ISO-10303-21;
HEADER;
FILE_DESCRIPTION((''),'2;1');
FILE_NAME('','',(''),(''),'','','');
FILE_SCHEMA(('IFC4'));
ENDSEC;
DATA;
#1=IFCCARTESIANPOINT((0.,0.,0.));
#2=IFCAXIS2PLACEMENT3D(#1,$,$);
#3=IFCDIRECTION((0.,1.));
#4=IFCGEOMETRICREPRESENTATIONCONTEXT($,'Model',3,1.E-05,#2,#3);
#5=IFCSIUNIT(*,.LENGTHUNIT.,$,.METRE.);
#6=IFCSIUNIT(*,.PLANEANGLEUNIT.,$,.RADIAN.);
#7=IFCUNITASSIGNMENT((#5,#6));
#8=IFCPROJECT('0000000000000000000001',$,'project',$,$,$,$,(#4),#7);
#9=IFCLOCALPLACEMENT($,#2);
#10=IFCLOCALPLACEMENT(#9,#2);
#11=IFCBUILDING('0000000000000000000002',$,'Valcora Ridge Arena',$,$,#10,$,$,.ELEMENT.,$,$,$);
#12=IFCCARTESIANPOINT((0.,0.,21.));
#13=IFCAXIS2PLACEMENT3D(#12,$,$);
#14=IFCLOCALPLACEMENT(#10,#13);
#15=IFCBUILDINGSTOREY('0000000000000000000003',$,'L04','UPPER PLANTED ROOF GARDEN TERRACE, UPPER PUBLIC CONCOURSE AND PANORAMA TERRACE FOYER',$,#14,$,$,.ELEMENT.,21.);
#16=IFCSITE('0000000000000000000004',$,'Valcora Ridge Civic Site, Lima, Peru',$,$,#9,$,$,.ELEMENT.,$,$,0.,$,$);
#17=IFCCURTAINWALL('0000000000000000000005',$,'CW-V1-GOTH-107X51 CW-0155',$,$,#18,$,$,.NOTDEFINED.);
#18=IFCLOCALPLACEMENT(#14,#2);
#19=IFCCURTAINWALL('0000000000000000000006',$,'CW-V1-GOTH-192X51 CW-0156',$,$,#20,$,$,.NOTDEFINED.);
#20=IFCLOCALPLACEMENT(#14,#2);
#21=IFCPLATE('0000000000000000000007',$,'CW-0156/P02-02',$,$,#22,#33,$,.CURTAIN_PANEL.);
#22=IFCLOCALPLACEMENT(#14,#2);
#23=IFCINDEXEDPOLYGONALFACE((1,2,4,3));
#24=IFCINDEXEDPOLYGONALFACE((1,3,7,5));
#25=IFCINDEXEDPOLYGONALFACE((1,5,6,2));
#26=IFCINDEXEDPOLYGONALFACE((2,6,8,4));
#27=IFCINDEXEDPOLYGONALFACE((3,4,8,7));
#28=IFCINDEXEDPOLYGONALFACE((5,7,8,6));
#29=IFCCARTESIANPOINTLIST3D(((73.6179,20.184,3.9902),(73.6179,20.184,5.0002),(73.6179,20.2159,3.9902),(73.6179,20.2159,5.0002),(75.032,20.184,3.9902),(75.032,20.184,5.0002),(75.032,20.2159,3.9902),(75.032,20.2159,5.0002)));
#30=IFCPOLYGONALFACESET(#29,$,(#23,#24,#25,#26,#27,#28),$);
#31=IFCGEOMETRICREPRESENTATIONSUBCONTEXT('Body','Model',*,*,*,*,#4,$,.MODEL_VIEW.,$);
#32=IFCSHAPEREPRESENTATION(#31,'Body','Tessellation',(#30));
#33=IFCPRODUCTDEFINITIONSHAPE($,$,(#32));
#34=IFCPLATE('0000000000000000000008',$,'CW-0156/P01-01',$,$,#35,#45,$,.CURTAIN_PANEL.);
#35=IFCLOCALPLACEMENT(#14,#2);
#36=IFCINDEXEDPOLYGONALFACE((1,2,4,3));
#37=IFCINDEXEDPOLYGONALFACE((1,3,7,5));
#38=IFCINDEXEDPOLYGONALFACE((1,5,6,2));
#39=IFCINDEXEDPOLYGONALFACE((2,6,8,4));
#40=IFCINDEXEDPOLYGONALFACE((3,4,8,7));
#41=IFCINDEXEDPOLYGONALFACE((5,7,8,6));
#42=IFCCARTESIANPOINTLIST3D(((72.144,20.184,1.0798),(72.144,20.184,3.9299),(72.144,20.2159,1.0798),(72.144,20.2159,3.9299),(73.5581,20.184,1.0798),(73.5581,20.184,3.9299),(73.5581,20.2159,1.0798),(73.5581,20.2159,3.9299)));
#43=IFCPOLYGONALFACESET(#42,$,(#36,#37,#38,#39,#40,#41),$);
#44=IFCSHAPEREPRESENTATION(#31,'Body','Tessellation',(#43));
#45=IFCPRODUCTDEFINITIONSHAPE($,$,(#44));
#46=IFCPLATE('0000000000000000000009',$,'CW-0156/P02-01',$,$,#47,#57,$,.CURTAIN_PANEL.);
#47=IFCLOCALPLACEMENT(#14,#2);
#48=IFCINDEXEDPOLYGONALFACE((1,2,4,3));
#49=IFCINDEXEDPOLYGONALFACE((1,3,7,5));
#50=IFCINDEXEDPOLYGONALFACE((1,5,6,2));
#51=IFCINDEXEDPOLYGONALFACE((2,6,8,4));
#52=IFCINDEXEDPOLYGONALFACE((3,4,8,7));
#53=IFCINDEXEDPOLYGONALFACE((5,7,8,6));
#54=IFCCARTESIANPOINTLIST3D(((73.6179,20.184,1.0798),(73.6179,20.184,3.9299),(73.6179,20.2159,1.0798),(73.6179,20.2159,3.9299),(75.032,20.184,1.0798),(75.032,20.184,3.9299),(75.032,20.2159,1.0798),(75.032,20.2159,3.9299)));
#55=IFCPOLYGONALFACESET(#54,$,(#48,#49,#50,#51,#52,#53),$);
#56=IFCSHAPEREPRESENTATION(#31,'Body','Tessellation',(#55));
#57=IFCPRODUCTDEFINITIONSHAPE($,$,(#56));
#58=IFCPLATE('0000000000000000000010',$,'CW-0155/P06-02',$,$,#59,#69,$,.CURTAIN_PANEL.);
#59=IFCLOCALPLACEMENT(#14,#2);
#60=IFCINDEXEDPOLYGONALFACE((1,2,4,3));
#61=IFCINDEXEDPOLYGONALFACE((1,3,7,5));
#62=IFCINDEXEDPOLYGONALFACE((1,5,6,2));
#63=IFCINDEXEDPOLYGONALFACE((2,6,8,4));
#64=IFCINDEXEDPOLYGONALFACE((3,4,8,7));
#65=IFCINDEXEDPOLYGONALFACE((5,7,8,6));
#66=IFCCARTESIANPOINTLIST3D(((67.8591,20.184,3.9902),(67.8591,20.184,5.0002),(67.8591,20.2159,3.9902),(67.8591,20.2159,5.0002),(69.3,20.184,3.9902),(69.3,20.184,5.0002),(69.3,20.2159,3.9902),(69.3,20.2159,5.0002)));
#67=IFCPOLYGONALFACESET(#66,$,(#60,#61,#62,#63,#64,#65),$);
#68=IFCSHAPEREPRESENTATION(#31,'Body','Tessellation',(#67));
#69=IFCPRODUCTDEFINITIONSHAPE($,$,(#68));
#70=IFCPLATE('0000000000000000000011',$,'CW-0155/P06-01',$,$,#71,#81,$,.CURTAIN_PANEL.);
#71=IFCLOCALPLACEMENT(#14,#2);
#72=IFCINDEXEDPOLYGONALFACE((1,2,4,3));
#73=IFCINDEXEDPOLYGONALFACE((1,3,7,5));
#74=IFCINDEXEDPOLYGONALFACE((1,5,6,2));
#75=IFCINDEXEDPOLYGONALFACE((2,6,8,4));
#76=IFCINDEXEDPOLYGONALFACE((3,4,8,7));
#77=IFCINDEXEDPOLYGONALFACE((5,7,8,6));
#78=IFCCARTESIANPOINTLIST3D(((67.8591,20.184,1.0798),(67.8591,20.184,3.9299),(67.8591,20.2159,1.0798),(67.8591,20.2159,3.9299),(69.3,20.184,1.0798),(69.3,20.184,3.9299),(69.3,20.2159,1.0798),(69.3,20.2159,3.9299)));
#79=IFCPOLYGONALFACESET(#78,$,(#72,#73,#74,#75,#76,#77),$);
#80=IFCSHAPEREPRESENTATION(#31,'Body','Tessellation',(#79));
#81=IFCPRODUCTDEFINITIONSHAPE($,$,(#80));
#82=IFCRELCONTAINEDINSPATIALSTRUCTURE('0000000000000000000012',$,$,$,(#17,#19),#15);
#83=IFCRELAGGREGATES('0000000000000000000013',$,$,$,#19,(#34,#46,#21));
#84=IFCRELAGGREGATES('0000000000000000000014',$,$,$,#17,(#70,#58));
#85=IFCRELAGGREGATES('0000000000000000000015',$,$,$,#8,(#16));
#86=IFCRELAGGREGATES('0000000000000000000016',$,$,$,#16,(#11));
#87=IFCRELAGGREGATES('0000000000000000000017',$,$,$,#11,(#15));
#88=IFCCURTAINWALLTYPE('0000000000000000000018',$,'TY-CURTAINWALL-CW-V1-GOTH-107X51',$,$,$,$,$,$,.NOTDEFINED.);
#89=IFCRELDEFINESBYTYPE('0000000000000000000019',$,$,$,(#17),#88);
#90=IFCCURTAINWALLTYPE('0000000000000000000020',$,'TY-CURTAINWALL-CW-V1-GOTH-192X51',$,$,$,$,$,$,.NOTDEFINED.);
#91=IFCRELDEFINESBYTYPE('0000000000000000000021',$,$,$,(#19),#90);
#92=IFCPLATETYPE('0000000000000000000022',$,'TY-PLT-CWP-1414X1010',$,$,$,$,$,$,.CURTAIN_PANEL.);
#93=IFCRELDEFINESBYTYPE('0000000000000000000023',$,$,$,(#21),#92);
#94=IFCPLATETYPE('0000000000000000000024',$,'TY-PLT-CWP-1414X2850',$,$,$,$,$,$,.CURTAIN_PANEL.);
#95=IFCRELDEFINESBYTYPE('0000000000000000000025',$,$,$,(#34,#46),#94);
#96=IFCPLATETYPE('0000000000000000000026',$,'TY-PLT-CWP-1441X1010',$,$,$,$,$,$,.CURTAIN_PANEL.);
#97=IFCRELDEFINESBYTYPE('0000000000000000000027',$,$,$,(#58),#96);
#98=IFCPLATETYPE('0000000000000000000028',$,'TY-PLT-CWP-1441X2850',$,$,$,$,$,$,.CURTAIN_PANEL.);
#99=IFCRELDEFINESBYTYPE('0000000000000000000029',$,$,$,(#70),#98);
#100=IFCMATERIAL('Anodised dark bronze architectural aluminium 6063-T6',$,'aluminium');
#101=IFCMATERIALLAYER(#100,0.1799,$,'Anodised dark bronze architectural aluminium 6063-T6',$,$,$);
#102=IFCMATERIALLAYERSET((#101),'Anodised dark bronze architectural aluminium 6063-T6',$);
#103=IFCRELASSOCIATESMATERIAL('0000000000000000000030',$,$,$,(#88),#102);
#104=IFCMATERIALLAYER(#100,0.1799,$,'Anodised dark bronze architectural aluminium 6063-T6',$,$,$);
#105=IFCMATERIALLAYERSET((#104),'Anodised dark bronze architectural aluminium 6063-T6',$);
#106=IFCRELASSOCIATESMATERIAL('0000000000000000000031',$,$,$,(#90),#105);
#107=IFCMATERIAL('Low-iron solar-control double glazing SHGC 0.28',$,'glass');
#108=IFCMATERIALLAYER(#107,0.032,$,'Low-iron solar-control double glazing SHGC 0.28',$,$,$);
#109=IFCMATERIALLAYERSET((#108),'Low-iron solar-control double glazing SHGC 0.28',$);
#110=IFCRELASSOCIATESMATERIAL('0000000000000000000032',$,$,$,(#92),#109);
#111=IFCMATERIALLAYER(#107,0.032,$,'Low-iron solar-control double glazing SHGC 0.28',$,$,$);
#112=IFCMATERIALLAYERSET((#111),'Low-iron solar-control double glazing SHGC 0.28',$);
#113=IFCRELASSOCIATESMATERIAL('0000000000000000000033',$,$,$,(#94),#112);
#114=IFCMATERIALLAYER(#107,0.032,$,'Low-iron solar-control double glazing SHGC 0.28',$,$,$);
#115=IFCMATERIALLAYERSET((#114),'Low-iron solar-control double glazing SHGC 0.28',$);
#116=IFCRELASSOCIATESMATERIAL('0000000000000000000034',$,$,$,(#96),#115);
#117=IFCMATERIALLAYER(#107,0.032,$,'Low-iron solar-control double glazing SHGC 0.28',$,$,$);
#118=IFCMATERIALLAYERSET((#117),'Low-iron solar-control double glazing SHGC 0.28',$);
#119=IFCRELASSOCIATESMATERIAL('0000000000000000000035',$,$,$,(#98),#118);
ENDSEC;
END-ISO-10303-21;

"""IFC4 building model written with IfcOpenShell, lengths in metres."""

from ifc_helpers import new_model, si_unit, direction, frame, origin, origin_2d, place, context, subcontext, project, spatial, rectangle, extrude, material, layer, layer_set, type_object, element, aggregate, save


model = new_model("IFC4")

# Units and contexts
model_context = context("Model", 3, precision=1e-05, world=origin(), true_north=direction((0.0, 1.0)))
body_context = subcontext(model_context, "Body", "Model", "MODEL_VIEW")
ifc_project = project(units=[si_unit("LENGTHUNIT", "METRE"), si_unit("PLANEANGLEUNIT", "RADIAN")], contexts=[model_context])

# Site, building, storey
site_placement = place(None, origin())
site = spatial("IfcSite", under=ifc_project, at=site_placement, Name="Valcora Ridge Civic Site, Lima, Peru", CompositionType="ELEMENT", RefElevation=0.0)
building_placement = place(site_placement, origin())
building = spatial("IfcBuilding", under=site, at=building_placement, Name="Valcora Ridge Arena", CompositionType="ELEMENT")
storey_placement = place(building_placement, frame((0.0, 0.0, 21.0)))
storey = spatial("IfcBuildingStorey", under=building, at=storey_placement, Name="L04", Description="UPPER PLANTED ROOF GARDEN TERRACE, UPPER PUBLIC CONCOURSE AND PANORAMA TERRACE FOYER", CompositionType="ELEMENT", Elevation=21.0)

# Curtain wall
ifc_material_1 = material(Name="Anodised dark bronze architectural aluminium 6063-T6", Category="aluminium")
ifc_layer_1 = layer(ifc_material_1, 0.1799, Name="Anodised dark bronze architectural aluminium 6063-T6")
ifc_layer_set_1 = layer_set([ifc_layer_1], Name="Anodised dark bronze architectural aluminium 6063-T6")
curtain_wall_type_1 = type_object("IfcCurtainWallType", Name="TY-CURTAINWALL-CW-V1-GOTH-107X51", PredefinedType="NOTDEFINED", material=ifc_layer_set_1)
curtain_wall_1_placement = place(storey_placement, origin())
curtain_wall_1 = element("IfcCurtainWall", 1, at=curtain_wall_1_placement, inside=storey, type_object=curtain_wall_type_1, Name="CW-V1-GOTH-107X51 CW-0155", PredefinedType="NOTDEFINED")

# Curtain wall, plates
ifc_layer_2 = layer(ifc_material_1, 0.1799, Name="Anodised dark bronze architectural aluminium 6063-T6")
ifc_layer_set_2 = layer_set([ifc_layer_2], Name="Anodised dark bronze architectural aluminium 6063-T6")
curtain_wall_type_2 = type_object("IfcCurtainWallType", Name="TY-CURTAINWALL-CW-V1-GOTH-192X51", PredefinedType="NOTDEFINED", material=ifc_layer_set_2)
curtain_wall_2_placement = place(storey_placement, origin())
curtain_wall_2 = element("IfcCurtainWall", 2, at=curtain_wall_2_placement, inside=storey, type_object=curtain_wall_type_2, Name="CW-V1-GOTH-192X51 CW-0156", PredefinedType="NOTDEFINED")
ifc_material_2 = material(Name="Low-iron solar-control double glazing SHGC 0.28", Category="glass")
ifc_layer_3 = layer(ifc_material_2, 0.032, Name="Low-iron solar-control double glazing SHGC 0.28")
ifc_layer_set_3 = layer_set([ifc_layer_3], Name="Low-iron solar-control double glazing SHGC 0.28")
plate_type_1 = type_object("IfcPlateType", Name="TY-PLT-CWP-1414X1010", PredefinedType="CURTAIN_PANEL", material=ifc_layer_set_3)
plate_1_placement = place(storey_placement, frame((74.325, 20.2, 3.9902), z_axis=(0.0, 0.0, 1.0), x_axis=(1.0, 0.0, 0.0)))
plate_1 = element("IfcPlate", 3, at=plate_1_placement, type_object=plate_type_1, Name="CW-0156/P02-02", PredefinedType="CURTAIN_PANEL", context=body_context, shape_type="SweptSolid", body=[
    extrude(rectangle(XDim=1.4141, YDim=0.032, at=origin_2d()), origin(), (0.0, 0.0, 1.0), 1.01),
])
ifc_layer_4 = layer(ifc_material_2, 0.032, Name="Low-iron solar-control double glazing SHGC 0.28")
ifc_layer_set_4 = layer_set([ifc_layer_4], Name="Low-iron solar-control double glazing SHGC 0.28")
plate_type_2 = type_object("IfcPlateType", Name="TY-PLT-CWP-1414X2850", PredefinedType="CURTAIN_PANEL", material=ifc_layer_set_4)
plate_2_placement = place(storey_placement, frame((72.8511, 20.2, 1.0798), z_axis=(0.0, 0.0, 1.0), x_axis=(1.0, 0.0, 0.0)))
plate_2 = element("IfcPlate", 4, at=plate_2_placement, type_object=plate_type_2, Name="CW-0156/P01-01", PredefinedType="CURTAIN_PANEL", context=body_context, shape_type="SweptSolid", body=[
    extrude(rectangle(XDim=1.4141, YDim=0.032, at=origin_2d()), origin(), (0.0, 0.0, 1.0), 2.8501),
])
plate_3_placement = place(storey_placement, frame((74.325, 20.2, 1.0798), z_axis=(0.0, 0.0, 1.0), x_axis=(1.0, 0.0, 0.0)))
plate_3 = element("IfcPlate", 5, at=plate_3_placement, type_object=plate_type_2, Name="CW-0156/P02-01", PredefinedType="CURTAIN_PANEL", context=body_context, shape_type="SweptSolid", body=[
    extrude(rectangle(XDim=1.4141, YDim=0.032, at=origin_2d()), origin(), (0.0, 0.0, 1.0), 2.8501),
])
aggregate(curtain_wall_2, [plate_2, plate_3, plate_1])

# Plates
ifc_layer_5 = layer(ifc_material_2, 0.032, Name="Low-iron solar-control double glazing SHGC 0.28")
ifc_layer_set_5 = layer_set([ifc_layer_5], Name="Low-iron solar-control double glazing SHGC 0.28")
plate_type_3 = type_object("IfcPlateType", Name="TY-PLT-CWP-1441X1010", PredefinedType="CURTAIN_PANEL", material=ifc_layer_set_5)
plate_4_placement = place(storey_placement, frame((68.5796, 20.2, 3.9902), z_axis=(0.0, 0.0, 1.0), x_axis=(1.0, 0.0, 0.0)))
plate_4 = element("IfcPlate", 6, at=plate_4_placement, type_object=plate_type_3, Name="CW-0155/P06-02", PredefinedType="CURTAIN_PANEL", context=body_context, shape_type="SweptSolid", body=[
    extrude(rectangle(XDim=1.4409, YDim=0.032, at=origin_2d()), origin(), (0.0, 0.0, 1.0), 1.01),
])
ifc_layer_6 = layer(ifc_material_2, 0.032, Name="Low-iron solar-control double glazing SHGC 0.28")
ifc_layer_set_6 = layer_set([ifc_layer_6], Name="Low-iron solar-control double glazing SHGC 0.28")
plate_type_4 = type_object("IfcPlateType", Name="TY-PLT-CWP-1441X2850", PredefinedType="CURTAIN_PANEL", material=ifc_layer_set_6)
plate_5_placement = place(storey_placement, frame((68.5796, 20.2, 1.0798), z_axis=(0.0, 0.0, 1.0), x_axis=(1.0, 0.0, 0.0)))
plate_5 = element("IfcPlate", 7, at=plate_5_placement, type_object=plate_type_4, Name="CW-0155/P06-01", PredefinedType="CURTAIN_PANEL", context=body_context, shape_type="SweptSolid", body=[
    extrude(rectangle(XDim=1.4409, YDim=0.032, at=origin_2d()), origin(), (0.0, 0.0, 1.0), 2.8501),
])
aggregate(curtain_wall_1, [plate_5, plate_4])

save(model, "model.ifc")
